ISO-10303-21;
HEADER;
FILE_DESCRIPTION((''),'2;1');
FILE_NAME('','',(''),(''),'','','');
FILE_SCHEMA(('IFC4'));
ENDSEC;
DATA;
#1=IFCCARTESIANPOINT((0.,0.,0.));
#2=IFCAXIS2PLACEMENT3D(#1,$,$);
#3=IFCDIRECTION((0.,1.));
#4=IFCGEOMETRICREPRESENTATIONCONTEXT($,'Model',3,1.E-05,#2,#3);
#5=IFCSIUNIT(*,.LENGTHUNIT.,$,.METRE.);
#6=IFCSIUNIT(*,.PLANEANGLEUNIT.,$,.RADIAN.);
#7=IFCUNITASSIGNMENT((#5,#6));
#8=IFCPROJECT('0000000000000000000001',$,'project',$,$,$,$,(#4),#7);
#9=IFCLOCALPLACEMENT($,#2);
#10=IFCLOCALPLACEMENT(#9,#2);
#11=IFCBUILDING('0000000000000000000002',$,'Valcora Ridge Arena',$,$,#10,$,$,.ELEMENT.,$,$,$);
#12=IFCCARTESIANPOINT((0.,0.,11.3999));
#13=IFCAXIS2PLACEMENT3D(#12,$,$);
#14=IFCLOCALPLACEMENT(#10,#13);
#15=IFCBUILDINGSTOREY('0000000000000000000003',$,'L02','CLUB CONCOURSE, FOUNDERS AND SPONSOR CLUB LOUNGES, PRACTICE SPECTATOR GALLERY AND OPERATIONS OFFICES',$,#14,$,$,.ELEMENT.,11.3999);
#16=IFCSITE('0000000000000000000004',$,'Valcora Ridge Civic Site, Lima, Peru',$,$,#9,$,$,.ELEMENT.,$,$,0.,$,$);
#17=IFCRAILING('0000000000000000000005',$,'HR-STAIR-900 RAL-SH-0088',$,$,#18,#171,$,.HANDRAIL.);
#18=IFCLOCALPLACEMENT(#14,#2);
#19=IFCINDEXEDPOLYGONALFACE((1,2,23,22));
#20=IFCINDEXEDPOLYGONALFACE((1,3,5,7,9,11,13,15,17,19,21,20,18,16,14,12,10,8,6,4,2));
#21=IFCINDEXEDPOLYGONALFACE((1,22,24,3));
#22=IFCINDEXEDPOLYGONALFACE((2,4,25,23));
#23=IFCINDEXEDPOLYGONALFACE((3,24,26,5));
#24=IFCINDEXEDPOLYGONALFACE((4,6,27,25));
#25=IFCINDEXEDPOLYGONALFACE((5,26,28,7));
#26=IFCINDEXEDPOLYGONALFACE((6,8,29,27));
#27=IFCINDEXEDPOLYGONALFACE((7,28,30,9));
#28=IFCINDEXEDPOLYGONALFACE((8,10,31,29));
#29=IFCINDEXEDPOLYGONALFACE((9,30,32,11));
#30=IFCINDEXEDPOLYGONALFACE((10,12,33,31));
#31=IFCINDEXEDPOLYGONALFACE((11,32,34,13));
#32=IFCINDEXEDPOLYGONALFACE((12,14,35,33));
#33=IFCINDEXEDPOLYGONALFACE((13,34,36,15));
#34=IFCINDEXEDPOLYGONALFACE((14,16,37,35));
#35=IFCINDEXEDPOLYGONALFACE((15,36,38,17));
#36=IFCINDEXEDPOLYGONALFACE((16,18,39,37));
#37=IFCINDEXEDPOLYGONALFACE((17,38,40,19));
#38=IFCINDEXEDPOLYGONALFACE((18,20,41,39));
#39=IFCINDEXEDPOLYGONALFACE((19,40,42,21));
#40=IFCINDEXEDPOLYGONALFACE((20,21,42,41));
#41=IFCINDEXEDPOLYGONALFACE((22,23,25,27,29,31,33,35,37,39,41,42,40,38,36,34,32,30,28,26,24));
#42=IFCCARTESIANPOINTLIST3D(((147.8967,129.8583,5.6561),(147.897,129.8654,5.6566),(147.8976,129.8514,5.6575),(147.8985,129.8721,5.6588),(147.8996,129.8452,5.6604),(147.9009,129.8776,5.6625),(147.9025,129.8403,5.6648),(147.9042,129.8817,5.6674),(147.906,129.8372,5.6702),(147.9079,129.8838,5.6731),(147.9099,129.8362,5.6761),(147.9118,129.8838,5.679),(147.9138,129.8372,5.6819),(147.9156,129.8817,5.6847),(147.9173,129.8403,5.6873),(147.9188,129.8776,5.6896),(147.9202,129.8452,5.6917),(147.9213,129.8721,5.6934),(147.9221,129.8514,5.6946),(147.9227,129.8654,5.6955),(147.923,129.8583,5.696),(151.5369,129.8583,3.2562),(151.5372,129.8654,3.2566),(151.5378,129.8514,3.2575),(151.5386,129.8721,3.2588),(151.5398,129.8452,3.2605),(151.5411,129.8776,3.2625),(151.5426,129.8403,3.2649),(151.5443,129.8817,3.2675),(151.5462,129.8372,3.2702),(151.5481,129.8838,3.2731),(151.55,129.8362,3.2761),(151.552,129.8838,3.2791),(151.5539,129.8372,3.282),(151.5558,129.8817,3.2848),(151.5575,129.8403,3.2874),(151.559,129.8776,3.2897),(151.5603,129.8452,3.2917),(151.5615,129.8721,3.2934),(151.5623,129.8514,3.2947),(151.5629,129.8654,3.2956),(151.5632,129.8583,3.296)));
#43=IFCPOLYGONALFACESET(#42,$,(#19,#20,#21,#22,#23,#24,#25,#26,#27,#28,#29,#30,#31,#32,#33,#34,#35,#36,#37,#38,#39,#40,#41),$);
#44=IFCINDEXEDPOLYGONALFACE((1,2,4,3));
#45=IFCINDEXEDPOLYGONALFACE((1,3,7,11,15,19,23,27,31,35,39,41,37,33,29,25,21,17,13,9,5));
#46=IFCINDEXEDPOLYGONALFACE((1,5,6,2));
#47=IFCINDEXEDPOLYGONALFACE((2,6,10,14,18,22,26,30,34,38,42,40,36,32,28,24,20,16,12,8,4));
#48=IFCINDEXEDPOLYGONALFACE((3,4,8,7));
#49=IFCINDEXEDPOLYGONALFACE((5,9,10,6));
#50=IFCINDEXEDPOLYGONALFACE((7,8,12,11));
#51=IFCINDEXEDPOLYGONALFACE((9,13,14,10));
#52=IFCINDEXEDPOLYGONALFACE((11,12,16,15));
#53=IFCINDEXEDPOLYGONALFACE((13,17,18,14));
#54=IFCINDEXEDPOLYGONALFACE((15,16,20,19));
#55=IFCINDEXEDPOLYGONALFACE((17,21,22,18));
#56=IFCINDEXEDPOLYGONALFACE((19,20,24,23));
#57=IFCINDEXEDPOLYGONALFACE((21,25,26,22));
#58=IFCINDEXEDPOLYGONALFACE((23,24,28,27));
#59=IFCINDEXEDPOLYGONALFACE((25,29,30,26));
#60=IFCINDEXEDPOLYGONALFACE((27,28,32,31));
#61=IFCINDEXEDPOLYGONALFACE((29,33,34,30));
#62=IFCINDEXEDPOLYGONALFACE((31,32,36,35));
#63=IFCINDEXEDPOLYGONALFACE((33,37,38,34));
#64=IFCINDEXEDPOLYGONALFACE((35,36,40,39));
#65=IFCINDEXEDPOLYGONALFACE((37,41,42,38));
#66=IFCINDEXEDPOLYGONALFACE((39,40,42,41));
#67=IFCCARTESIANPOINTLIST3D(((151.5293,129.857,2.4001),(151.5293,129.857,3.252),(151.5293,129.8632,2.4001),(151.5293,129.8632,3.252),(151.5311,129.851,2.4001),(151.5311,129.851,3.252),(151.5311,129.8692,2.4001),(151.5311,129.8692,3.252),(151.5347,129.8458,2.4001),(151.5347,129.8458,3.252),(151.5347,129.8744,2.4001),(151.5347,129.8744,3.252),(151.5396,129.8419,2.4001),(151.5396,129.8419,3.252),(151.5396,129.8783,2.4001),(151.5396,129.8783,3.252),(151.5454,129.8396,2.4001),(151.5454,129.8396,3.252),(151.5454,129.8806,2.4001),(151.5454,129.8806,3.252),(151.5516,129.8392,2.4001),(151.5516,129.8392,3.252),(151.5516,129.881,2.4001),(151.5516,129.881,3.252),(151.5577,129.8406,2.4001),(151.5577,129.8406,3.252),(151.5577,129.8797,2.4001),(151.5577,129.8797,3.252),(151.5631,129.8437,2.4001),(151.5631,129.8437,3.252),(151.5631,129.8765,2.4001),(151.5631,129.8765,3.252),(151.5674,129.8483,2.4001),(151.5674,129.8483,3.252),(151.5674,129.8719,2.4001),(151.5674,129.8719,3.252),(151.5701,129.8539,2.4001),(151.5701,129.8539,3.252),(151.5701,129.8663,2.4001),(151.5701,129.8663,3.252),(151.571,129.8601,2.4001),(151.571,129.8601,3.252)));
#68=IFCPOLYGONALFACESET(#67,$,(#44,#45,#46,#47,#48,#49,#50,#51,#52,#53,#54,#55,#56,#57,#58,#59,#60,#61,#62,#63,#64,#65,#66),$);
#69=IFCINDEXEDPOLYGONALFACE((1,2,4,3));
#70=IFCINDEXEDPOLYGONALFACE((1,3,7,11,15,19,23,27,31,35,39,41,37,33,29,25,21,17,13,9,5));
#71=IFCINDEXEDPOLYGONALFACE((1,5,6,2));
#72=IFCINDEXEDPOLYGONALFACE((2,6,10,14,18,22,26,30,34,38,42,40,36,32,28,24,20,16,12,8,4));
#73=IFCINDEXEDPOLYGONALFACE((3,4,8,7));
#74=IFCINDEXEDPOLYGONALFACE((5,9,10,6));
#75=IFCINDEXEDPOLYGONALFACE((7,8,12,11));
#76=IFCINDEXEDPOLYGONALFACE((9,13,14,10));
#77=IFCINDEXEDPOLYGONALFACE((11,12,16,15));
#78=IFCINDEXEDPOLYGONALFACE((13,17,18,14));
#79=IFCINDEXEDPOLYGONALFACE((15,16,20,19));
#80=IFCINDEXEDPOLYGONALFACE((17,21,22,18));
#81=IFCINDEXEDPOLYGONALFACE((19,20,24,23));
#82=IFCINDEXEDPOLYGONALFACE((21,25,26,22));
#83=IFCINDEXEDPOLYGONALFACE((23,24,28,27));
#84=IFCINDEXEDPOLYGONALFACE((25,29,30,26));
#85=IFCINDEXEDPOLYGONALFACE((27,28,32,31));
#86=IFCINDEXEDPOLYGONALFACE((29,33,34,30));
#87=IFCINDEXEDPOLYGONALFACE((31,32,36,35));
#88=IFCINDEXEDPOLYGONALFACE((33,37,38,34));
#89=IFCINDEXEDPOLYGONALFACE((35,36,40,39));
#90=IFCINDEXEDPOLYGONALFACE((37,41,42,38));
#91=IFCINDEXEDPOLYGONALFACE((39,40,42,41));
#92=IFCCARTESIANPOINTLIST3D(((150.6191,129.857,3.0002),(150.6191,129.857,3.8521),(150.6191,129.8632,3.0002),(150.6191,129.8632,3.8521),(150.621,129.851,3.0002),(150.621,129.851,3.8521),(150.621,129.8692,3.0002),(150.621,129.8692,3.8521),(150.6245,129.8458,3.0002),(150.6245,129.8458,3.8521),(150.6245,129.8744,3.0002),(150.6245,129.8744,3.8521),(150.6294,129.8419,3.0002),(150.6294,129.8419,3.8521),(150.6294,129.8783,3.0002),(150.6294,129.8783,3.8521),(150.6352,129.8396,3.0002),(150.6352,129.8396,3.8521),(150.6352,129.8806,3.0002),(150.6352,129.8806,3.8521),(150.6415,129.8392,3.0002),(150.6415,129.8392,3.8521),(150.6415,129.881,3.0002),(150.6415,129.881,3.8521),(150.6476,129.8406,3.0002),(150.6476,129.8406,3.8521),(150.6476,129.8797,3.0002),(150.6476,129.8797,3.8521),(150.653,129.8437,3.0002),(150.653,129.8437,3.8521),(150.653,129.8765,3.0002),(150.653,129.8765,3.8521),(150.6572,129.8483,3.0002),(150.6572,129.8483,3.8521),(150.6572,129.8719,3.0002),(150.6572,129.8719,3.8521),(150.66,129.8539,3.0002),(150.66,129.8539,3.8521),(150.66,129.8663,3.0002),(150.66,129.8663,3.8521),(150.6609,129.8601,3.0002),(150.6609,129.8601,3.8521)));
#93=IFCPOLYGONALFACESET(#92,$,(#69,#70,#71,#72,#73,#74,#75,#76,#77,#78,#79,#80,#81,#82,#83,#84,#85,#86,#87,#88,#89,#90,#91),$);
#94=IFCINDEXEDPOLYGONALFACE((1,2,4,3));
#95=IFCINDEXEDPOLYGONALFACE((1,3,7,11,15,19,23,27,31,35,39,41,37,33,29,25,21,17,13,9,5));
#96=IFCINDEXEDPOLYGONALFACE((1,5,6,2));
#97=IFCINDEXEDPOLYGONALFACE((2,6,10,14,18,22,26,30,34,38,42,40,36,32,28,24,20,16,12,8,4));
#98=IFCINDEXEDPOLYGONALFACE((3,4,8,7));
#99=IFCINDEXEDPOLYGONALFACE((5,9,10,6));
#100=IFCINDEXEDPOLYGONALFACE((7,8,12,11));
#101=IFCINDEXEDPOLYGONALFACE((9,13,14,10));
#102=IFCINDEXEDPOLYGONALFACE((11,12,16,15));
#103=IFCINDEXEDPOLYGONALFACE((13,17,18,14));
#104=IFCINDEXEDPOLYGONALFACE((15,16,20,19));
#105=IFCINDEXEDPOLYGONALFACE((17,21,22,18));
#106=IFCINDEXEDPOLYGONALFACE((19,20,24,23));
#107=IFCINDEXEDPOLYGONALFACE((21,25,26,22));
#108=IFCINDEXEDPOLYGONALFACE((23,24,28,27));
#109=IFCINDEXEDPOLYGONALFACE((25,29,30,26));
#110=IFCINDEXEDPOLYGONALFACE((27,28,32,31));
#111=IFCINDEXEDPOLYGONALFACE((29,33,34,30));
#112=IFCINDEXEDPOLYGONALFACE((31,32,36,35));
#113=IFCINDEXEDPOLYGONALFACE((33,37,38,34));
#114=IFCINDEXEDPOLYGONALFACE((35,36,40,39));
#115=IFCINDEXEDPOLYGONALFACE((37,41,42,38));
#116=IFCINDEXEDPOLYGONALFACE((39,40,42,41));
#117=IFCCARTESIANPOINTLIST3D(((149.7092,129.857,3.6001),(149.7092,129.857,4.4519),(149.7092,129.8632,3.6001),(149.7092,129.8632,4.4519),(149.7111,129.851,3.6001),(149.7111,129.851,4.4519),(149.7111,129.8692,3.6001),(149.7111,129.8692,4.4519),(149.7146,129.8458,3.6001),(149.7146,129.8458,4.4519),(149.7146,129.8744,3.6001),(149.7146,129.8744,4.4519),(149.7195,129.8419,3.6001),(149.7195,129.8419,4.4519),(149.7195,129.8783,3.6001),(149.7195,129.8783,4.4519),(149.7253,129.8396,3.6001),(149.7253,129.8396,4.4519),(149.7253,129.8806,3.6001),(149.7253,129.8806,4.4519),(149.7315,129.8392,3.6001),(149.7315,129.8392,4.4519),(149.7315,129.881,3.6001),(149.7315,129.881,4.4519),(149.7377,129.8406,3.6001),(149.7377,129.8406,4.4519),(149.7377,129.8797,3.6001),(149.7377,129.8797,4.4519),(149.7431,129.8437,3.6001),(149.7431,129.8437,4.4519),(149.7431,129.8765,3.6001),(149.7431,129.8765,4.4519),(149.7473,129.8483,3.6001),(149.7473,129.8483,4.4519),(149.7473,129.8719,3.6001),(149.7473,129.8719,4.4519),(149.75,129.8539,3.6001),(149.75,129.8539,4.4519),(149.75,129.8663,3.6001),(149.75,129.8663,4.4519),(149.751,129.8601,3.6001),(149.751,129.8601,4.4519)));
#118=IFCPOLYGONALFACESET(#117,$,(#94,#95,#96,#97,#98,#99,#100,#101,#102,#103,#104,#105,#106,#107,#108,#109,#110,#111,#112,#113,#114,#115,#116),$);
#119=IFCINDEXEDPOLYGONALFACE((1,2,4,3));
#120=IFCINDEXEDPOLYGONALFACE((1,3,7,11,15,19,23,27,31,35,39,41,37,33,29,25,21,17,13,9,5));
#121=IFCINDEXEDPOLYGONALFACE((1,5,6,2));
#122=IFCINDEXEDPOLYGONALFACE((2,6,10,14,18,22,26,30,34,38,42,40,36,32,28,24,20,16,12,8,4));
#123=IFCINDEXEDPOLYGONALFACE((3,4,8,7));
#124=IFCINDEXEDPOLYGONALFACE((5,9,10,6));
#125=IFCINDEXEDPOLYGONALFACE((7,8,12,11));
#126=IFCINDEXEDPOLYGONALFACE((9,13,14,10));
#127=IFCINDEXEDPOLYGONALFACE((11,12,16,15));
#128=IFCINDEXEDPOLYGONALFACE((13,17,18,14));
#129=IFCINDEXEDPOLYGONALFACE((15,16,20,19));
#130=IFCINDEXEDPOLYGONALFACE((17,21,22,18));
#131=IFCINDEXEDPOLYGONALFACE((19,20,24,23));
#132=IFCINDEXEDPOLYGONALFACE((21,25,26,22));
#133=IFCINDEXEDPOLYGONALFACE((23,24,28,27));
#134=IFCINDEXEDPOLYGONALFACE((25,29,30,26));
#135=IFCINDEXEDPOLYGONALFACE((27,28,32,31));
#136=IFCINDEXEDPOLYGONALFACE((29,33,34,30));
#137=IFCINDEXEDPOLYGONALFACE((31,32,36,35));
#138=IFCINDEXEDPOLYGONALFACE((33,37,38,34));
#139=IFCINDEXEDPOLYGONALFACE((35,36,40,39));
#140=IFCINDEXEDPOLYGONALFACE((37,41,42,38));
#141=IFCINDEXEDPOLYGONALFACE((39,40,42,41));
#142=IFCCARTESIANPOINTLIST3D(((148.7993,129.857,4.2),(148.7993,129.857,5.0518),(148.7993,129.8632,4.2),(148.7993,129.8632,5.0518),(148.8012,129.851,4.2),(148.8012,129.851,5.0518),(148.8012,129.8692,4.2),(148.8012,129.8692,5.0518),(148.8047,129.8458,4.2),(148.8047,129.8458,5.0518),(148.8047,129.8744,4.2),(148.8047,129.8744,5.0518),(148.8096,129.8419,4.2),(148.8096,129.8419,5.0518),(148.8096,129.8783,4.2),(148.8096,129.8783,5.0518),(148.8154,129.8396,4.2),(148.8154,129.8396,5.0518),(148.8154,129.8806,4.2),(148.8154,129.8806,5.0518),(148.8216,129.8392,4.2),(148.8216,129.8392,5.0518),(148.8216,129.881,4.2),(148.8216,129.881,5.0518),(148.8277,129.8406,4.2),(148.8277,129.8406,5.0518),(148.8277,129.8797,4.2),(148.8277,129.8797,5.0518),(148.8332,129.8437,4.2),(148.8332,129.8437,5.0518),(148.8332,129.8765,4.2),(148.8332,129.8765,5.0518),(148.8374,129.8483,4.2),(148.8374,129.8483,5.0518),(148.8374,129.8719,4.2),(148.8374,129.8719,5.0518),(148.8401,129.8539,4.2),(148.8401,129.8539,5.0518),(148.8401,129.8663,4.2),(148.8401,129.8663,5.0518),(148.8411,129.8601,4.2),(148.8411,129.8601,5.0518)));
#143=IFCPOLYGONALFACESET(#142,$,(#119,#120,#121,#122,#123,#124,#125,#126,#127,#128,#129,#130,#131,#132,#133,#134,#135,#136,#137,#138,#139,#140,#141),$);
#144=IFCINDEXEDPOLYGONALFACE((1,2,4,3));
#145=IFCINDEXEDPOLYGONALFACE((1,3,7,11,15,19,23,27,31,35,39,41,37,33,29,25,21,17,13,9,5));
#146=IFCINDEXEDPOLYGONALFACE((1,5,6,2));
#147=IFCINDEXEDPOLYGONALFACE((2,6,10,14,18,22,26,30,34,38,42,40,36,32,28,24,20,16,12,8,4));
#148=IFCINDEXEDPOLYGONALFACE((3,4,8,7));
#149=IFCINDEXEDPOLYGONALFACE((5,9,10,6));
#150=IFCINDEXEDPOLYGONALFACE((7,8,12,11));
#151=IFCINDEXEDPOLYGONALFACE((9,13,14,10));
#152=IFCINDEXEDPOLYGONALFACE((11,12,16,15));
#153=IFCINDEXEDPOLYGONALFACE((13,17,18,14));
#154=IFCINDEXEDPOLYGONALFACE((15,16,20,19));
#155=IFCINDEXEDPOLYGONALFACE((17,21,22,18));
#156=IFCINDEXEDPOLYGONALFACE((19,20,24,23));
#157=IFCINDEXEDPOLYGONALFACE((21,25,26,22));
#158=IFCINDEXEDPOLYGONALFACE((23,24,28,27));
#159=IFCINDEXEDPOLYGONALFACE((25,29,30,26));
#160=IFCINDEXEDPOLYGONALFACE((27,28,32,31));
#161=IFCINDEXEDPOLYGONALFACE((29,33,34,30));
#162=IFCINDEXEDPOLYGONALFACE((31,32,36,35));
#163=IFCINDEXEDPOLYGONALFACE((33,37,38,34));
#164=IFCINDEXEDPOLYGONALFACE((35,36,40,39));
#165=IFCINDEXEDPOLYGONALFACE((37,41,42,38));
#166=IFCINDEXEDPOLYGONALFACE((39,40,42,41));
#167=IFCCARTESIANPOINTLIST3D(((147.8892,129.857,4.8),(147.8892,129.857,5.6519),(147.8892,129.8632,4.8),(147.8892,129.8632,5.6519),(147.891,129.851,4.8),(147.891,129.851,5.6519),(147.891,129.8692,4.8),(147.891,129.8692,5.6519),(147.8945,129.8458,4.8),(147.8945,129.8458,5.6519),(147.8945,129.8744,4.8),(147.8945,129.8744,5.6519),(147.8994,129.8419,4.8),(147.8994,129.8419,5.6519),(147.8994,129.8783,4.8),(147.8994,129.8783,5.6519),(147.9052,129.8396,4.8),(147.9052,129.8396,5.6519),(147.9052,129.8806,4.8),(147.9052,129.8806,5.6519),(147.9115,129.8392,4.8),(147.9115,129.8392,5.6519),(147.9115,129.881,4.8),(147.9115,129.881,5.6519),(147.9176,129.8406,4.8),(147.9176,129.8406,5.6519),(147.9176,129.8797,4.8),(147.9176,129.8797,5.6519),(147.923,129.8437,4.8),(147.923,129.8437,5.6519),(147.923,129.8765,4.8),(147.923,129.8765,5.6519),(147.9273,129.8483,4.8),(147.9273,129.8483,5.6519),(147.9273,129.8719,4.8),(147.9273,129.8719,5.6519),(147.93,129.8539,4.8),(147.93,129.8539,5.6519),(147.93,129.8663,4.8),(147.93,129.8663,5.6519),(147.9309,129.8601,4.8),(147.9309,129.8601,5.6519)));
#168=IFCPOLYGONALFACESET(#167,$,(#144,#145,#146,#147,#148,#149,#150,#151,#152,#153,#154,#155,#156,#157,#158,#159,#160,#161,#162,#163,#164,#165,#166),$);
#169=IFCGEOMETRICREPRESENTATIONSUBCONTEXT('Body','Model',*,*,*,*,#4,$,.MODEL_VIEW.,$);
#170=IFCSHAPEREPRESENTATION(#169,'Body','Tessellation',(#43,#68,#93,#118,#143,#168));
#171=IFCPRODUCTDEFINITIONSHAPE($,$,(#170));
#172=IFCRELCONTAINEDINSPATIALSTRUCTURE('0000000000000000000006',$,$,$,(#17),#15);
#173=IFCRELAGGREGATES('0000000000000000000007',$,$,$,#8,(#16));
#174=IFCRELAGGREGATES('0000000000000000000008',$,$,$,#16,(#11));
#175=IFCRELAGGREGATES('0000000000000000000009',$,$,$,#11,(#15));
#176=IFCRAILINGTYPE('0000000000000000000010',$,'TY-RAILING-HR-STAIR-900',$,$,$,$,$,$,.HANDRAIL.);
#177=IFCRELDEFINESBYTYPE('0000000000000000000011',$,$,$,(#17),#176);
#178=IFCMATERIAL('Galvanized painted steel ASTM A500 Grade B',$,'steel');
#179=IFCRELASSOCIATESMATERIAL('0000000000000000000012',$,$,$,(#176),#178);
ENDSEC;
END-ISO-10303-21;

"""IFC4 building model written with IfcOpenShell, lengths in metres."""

from ifc_helpers import new_model, si_unit, direction, frame, origin, origin_2d, place, context, subcontext, project, spatial, circle, extrude, material, type_object, element, save


model = new_model("IFC4")

# Units and contexts
model_context = context("Model", 3, precision=1e-05, world=origin(), true_north=direction((0.0, 1.0)))
body_context = subcontext(model_context, "Body", "Model", "MODEL_VIEW")
ifc_project = project(units=[si_unit("LENGTHUNIT", "METRE"), si_unit("PLANEANGLEUNIT", "RADIAN")], contexts=[model_context])

# Site, building, storey
site_placement = place(None, origin())
site = spatial("IfcSite", under=ifc_project, at=site_placement, Name="Valcora Ridge Civic Site, Lima, Peru", CompositionType="ELEMENT", RefElevation=0.0)
building_placement = place(site_placement, origin())
building = spatial("IfcBuilding", under=site, at=building_placement, Name="Valcora Ridge Arena", CompositionType="ELEMENT")
storey_placement = place(building_placement, frame((0.0, 0.0, 11.3999)))
storey = spatial("IfcBuildingStorey", under=building, at=storey_placement, Name="L02", Description="CLUB CONCOURSE, FOUNDERS AND SPONSOR CLUB LOUNGES, PRACTICE SPECTATOR GALLERY AND OPERATIONS OFFICES", CompositionType="ELEMENT", Elevation=11.3999)

# Railing
ifc_material_1 = material(Name="Galvanized painted steel ASTM A500 Grade B", Category="steel")
railing_type_1 = type_object("IfcRailingType", Name="TY-RAILING-HR-STAIR-900", PredefinedType="HANDRAIL", material=ifc_material_1)
railing_1_placement = place(storey_placement, frame((151.55, 129.8601, 2.4001)))
element("IfcRailing", 1, at=railing_1_placement, inside=storey, type_object=railing_type_1, Name="HR-STAIR-900 RAL-SH-0088", PredefinedType="HANDRAIL", context=body_context, shape_type="SweptSolid", body=[
    extrude(circle(Radius=0.0239, at=origin_2d()), frame((0.0, 0.0, 0.876), z_axis=(-0.834882, 0.0, 0.550429), x_axis=(0.0, -1.0, 0.0)), (0.0, 0.0, 1.0), 4.3601),
    extrude(circle(Radius=0.021, at=origin_2d()), origin(), (0.0, 0.0, 1.0), 0.8518),
    extrude(circle(Radius=0.021, at=origin_2d()), frame((-0.9102, 0.0, 0.6001)), (0.0, 0.0, 1.0), 0.8518),
    extrude(circle(Radius=0.021, at=origin_2d()), frame((-1.8201, 0.0, 1.2)), (0.0, 0.0, 1.0), 0.8518),
    extrude(circle(Radius=0.021, at=origin_2d()), frame((-2.73, 0.0, 1.7998)), (0.0, 0.0, 1.0), 0.8518),
    extrude(circle(Radius=0.021, at=origin_2d()), frame((-3.6401, 0.0, 2.3999)), (0.0, 0.0, 1.0), 0.8518),
])

save(model, "model.ifc")
